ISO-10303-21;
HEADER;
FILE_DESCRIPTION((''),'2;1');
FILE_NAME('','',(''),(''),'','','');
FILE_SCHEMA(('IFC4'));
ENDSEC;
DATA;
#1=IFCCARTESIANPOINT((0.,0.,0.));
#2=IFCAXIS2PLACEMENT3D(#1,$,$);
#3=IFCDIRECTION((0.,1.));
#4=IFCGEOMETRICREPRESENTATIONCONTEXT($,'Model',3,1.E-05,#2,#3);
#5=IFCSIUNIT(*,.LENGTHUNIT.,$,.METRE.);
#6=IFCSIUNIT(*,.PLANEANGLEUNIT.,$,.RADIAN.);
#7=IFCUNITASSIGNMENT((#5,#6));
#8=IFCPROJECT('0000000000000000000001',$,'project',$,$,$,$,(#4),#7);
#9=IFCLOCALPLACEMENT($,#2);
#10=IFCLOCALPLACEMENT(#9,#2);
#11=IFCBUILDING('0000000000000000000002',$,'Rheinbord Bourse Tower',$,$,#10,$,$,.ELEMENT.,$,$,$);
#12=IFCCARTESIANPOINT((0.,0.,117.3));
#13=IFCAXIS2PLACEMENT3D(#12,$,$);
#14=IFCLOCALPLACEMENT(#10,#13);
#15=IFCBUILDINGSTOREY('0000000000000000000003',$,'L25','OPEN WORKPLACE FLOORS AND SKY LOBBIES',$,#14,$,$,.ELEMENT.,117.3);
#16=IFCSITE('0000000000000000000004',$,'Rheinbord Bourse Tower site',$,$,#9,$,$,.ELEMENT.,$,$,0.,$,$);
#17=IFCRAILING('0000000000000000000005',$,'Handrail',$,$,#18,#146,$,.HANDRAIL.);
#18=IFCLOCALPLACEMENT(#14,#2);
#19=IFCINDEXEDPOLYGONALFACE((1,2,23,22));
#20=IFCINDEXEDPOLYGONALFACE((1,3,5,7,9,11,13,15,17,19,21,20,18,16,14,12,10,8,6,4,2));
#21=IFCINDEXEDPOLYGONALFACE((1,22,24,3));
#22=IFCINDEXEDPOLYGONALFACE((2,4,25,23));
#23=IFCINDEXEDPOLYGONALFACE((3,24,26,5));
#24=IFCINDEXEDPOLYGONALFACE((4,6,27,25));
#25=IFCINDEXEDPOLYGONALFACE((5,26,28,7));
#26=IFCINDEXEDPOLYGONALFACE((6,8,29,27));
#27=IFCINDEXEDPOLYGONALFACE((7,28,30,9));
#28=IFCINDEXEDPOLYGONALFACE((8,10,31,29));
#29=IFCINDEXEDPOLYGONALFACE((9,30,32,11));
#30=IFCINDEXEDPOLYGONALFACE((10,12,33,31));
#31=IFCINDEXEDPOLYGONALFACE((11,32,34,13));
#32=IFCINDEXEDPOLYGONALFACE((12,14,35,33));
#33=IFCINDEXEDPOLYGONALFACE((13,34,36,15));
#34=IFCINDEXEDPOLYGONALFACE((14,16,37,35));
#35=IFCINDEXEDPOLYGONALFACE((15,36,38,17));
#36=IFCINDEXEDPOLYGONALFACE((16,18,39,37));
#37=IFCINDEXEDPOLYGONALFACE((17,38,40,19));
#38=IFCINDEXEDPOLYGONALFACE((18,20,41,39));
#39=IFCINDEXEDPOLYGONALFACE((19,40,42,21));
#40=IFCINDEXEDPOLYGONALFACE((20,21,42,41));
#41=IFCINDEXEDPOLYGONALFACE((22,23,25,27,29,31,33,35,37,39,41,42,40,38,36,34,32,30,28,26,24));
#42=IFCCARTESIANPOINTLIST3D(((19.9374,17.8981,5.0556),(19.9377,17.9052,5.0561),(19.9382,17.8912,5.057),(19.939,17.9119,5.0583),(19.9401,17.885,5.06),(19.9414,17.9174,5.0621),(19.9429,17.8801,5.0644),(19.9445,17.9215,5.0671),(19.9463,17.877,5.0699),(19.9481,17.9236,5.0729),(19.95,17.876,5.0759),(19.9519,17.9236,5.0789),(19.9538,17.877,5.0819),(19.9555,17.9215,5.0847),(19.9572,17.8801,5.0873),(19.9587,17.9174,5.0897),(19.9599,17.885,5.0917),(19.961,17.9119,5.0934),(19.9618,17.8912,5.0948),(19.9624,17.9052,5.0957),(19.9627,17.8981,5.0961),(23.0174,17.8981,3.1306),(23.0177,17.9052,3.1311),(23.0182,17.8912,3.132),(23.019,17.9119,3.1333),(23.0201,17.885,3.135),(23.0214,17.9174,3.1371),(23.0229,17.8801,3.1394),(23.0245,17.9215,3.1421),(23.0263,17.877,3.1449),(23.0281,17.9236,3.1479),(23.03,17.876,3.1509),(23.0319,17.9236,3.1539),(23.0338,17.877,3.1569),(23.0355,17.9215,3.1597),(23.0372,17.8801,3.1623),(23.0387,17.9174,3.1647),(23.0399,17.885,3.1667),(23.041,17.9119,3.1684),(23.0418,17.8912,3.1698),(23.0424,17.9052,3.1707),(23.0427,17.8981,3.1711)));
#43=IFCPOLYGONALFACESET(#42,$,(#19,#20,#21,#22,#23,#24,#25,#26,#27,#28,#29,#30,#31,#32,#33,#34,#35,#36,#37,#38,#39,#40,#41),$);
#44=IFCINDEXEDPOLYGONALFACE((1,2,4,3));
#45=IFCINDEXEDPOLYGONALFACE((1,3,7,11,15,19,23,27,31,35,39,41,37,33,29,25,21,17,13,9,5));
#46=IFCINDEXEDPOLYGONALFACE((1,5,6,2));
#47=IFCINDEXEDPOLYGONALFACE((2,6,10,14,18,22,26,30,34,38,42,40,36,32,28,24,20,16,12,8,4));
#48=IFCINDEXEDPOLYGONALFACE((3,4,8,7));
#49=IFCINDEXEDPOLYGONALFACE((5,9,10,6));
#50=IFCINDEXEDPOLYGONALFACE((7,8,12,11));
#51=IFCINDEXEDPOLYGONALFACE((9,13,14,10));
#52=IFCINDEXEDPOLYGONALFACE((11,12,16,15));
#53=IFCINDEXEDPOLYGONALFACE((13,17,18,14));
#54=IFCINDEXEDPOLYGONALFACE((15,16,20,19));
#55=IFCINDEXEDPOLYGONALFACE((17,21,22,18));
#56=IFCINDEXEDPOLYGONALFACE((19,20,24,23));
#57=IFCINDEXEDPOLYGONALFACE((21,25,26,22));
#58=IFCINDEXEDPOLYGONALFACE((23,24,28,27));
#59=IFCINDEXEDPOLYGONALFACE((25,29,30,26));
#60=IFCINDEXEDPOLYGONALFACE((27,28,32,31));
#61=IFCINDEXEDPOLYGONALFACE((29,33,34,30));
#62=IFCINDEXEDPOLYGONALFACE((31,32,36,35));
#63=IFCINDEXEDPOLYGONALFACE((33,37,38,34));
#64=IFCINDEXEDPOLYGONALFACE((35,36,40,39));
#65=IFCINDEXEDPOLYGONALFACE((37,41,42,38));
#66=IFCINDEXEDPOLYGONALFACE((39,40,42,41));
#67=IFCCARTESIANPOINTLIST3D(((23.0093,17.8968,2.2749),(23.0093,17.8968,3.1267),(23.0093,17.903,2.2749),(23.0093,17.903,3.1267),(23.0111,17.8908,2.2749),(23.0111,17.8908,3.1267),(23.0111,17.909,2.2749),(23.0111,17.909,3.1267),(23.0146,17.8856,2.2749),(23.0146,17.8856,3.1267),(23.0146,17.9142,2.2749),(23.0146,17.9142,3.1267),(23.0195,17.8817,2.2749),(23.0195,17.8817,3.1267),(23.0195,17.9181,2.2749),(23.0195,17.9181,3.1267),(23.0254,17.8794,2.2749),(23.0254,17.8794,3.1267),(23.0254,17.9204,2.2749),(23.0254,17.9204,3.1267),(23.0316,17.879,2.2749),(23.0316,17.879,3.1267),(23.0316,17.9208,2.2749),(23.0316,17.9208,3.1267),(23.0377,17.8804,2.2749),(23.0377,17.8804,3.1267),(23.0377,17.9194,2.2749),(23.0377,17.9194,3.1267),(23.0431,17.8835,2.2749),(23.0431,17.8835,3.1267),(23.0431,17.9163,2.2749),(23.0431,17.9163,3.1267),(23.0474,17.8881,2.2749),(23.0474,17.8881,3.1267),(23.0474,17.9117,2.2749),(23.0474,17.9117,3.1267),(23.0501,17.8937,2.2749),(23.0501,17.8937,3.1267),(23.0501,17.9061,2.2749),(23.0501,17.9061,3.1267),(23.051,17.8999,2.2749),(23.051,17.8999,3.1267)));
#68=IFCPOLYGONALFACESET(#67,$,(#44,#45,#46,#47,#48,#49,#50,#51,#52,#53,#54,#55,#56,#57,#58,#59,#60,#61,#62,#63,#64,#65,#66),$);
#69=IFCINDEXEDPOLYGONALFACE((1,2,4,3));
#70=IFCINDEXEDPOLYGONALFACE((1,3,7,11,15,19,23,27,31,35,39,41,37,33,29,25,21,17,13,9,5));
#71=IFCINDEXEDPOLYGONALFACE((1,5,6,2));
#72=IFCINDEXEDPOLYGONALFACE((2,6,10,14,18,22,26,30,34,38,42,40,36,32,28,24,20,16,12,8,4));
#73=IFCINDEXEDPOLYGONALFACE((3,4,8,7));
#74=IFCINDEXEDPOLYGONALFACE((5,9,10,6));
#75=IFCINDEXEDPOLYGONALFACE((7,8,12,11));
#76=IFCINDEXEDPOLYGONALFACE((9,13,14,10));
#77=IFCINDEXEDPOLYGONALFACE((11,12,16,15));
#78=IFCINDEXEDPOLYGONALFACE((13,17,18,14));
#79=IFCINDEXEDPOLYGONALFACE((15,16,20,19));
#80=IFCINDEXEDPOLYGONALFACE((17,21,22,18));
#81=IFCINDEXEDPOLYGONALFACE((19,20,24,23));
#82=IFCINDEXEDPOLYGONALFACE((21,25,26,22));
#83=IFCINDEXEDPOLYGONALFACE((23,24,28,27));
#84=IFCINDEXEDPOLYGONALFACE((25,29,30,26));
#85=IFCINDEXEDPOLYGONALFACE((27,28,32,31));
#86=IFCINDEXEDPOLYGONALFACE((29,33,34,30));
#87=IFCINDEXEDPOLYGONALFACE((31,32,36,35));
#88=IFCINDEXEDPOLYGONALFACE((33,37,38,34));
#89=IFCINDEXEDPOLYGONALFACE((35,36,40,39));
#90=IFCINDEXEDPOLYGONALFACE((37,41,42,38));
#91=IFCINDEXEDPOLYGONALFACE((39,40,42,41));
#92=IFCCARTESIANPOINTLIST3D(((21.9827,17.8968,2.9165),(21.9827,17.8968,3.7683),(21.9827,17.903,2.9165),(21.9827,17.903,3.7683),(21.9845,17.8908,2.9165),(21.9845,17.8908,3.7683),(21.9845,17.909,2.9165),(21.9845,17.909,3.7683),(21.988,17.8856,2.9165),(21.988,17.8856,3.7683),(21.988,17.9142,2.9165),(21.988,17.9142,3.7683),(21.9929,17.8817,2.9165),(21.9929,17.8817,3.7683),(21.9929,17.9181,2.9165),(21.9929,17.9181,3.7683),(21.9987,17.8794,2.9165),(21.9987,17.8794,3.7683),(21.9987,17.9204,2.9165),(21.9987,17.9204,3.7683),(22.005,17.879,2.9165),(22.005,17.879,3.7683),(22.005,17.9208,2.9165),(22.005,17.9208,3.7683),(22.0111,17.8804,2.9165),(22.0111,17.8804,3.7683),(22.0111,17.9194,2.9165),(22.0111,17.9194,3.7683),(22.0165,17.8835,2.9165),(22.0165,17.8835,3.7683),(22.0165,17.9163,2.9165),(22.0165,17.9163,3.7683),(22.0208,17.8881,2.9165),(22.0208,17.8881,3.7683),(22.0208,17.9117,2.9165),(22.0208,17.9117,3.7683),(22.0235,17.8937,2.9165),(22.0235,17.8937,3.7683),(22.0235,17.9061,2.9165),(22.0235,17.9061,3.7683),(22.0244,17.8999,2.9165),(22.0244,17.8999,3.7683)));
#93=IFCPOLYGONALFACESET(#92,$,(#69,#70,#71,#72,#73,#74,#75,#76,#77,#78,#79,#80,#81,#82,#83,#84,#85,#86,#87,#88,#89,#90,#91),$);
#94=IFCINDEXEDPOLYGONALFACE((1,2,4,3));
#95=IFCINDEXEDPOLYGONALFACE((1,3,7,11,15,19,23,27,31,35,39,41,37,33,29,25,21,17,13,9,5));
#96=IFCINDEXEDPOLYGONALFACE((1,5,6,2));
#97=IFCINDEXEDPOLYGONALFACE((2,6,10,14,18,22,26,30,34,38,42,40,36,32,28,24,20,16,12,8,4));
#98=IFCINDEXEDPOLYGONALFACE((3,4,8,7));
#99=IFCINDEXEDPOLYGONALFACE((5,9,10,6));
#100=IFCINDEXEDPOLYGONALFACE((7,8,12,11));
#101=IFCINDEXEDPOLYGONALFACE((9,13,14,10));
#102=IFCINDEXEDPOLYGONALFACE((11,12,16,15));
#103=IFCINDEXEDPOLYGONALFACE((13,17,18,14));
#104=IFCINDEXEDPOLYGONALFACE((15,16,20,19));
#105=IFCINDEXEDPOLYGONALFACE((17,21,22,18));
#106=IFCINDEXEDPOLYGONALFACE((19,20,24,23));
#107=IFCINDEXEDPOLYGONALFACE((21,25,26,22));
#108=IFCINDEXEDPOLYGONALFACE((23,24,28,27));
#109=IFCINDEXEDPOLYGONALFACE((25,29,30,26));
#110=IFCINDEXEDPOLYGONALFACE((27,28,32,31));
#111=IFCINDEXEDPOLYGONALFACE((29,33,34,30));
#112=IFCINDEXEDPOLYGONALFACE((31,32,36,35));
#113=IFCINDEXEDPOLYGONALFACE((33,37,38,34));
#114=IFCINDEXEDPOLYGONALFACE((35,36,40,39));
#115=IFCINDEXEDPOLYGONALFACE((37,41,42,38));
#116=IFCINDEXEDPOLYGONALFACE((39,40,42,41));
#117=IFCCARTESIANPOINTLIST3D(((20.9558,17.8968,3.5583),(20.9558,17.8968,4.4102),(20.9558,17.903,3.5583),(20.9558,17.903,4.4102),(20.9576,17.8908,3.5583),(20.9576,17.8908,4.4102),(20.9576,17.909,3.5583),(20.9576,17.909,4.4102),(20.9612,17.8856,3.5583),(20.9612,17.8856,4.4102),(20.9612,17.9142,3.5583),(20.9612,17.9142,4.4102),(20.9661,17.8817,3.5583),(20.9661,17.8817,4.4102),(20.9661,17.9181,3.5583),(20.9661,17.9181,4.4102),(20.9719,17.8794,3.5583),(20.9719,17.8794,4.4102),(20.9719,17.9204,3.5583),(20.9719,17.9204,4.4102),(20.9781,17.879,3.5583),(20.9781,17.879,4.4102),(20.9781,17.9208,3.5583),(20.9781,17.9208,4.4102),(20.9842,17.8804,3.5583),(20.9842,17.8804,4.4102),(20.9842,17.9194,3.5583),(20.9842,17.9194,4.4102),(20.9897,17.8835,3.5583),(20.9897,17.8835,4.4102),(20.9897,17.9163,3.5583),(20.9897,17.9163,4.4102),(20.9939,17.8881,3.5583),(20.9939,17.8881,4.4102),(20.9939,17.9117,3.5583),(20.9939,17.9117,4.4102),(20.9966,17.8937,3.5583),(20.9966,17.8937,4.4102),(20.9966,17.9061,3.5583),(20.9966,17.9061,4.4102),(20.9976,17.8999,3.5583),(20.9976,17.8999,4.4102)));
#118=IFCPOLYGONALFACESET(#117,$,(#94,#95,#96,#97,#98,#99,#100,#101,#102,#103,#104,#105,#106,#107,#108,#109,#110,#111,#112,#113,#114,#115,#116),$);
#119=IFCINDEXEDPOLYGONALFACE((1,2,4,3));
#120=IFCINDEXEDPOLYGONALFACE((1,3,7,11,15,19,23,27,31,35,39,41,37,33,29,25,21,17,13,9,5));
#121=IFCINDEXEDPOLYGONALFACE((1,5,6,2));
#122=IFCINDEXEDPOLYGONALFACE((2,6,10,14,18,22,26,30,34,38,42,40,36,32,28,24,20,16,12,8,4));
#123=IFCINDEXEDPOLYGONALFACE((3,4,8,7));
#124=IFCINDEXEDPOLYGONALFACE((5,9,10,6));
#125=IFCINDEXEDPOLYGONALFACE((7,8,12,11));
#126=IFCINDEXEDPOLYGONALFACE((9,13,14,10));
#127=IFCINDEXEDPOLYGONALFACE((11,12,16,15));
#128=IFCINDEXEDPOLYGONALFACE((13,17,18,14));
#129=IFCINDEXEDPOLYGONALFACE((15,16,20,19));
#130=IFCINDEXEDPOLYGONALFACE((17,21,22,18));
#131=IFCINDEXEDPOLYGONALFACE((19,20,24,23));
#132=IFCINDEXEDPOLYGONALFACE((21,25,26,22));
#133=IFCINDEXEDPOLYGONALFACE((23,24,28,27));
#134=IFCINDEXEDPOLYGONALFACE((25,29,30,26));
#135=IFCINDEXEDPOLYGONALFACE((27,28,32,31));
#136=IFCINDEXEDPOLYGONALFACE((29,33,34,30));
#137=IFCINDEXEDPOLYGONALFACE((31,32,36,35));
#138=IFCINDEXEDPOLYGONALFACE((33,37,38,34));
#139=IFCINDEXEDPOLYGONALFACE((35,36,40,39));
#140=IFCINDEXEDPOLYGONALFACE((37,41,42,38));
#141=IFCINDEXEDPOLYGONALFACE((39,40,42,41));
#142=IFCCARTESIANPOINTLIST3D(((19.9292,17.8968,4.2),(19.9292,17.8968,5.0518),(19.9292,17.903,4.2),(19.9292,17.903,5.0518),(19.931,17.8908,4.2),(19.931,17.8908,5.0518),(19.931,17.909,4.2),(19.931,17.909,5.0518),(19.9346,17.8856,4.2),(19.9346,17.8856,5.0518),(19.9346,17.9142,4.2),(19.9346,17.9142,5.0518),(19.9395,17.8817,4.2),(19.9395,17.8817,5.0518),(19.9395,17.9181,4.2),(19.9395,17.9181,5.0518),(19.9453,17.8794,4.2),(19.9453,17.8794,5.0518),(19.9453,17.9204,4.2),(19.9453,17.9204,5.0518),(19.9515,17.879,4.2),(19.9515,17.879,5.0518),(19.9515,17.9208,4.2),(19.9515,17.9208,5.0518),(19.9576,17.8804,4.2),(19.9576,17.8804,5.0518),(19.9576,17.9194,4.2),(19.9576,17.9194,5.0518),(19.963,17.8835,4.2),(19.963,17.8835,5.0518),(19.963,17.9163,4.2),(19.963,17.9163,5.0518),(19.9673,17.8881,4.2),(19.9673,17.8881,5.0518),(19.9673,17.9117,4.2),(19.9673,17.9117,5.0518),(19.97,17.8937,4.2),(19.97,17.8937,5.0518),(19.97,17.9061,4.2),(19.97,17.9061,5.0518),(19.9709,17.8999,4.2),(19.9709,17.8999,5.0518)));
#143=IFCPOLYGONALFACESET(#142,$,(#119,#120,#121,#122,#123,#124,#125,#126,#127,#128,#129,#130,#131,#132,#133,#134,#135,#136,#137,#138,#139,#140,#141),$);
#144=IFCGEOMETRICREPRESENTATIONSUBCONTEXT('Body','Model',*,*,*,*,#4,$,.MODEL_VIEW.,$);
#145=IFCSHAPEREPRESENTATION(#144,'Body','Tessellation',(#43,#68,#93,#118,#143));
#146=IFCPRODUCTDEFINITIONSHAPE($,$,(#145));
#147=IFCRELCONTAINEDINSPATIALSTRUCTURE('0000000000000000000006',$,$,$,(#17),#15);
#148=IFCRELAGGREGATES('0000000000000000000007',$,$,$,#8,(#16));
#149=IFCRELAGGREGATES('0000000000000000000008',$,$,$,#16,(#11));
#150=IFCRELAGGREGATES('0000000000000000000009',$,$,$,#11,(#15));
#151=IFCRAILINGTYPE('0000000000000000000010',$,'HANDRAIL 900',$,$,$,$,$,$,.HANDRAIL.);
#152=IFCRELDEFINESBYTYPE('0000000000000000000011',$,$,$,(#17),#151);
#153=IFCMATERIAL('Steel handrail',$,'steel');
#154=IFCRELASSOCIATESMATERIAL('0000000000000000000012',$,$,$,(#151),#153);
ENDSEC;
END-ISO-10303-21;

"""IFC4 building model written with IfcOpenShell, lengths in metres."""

from ifc_helpers import new_model, si_unit, direction, frame, origin, origin_2d, place, context, subcontext, project, spatial, circle, extrude, material, type_object, element, save


model = new_model("IFC4")

# Units and contexts
model_context = context("Model", 3, precision=1e-05, world=origin(), true_north=direction((0.0, 1.0)))
body_context = subcontext(model_context, "Body", "Model", "MODEL_VIEW")
ifc_project = project(units=[si_unit("LENGTHUNIT", "METRE"), si_unit("PLANEANGLEUNIT", "RADIAN")], contexts=[model_context])

# Site, building, storey
site_placement = place(None, origin())
site = spatial("IfcSite", under=ifc_project, at=site_placement, Name="Rheinbord Bourse Tower site", CompositionType="ELEMENT", RefElevation=0.0)
building_placement = place(site_placement, origin())
building = spatial("IfcBuilding", under=site, at=building_placement, Name="Rheinbord Bourse Tower", CompositionType="ELEMENT")
storey_placement = place(building_placement, frame((0.0, 0.0, 117.3)))
storey = spatial("IfcBuildingStorey", under=building, at=storey_placement, Name="L25", Description="OPEN WORKPLACE FLOORS AND SKY LOBBIES", CompositionType="ELEMENT", Elevation=117.3)

# Railing
ifc_material_1 = material(Name="Steel handrail", Category="steel")
railing_type = type_object("IfcRailingType", Name="HANDRAIL 900", PredefinedType="HANDRAIL", material=ifc_material_1)
railing_1_placement = place(storey_placement, frame((23.03, 17.8999, 2.2749)))
element("IfcRailing", 1, at=railing_1_placement, inside=storey, type_object=railing_type, Name="Handrail", PredefinedType="HANDRAIL", context=body_context, shape_type="SweptSolid", body=[
    extrude(circle(Radius=0.0239, at=origin_2d()), frame((0.0, 0.0, 0.876), z_axis=(-0.847998, 0.0, 0.529999), x_axis=(0.0, -1.0, 0.0)), (0.0, 0.0, 1.0), 3.6321),
    extrude(circle(Radius=0.021, at=origin_2d()), origin(), (0.0, 0.0, 1.0), 0.8518),
    extrude(circle(Radius=0.021, at=origin_2d()), frame((-1.0266, 0.0, 0.6416)), (0.0, 0.0, 1.0), 0.8518),
    extrude(circle(Radius=0.021, at=origin_2d()), frame((-2.0535, 0.0, 1.2834)), (0.0, 0.0, 1.0), 0.8518),
    extrude(circle(Radius=0.021, at=origin_2d()), frame((-3.0801, 0.0, 1.925)), (0.0, 0.0, 1.0), 0.8518),
])

save(model, "model.ifc")
